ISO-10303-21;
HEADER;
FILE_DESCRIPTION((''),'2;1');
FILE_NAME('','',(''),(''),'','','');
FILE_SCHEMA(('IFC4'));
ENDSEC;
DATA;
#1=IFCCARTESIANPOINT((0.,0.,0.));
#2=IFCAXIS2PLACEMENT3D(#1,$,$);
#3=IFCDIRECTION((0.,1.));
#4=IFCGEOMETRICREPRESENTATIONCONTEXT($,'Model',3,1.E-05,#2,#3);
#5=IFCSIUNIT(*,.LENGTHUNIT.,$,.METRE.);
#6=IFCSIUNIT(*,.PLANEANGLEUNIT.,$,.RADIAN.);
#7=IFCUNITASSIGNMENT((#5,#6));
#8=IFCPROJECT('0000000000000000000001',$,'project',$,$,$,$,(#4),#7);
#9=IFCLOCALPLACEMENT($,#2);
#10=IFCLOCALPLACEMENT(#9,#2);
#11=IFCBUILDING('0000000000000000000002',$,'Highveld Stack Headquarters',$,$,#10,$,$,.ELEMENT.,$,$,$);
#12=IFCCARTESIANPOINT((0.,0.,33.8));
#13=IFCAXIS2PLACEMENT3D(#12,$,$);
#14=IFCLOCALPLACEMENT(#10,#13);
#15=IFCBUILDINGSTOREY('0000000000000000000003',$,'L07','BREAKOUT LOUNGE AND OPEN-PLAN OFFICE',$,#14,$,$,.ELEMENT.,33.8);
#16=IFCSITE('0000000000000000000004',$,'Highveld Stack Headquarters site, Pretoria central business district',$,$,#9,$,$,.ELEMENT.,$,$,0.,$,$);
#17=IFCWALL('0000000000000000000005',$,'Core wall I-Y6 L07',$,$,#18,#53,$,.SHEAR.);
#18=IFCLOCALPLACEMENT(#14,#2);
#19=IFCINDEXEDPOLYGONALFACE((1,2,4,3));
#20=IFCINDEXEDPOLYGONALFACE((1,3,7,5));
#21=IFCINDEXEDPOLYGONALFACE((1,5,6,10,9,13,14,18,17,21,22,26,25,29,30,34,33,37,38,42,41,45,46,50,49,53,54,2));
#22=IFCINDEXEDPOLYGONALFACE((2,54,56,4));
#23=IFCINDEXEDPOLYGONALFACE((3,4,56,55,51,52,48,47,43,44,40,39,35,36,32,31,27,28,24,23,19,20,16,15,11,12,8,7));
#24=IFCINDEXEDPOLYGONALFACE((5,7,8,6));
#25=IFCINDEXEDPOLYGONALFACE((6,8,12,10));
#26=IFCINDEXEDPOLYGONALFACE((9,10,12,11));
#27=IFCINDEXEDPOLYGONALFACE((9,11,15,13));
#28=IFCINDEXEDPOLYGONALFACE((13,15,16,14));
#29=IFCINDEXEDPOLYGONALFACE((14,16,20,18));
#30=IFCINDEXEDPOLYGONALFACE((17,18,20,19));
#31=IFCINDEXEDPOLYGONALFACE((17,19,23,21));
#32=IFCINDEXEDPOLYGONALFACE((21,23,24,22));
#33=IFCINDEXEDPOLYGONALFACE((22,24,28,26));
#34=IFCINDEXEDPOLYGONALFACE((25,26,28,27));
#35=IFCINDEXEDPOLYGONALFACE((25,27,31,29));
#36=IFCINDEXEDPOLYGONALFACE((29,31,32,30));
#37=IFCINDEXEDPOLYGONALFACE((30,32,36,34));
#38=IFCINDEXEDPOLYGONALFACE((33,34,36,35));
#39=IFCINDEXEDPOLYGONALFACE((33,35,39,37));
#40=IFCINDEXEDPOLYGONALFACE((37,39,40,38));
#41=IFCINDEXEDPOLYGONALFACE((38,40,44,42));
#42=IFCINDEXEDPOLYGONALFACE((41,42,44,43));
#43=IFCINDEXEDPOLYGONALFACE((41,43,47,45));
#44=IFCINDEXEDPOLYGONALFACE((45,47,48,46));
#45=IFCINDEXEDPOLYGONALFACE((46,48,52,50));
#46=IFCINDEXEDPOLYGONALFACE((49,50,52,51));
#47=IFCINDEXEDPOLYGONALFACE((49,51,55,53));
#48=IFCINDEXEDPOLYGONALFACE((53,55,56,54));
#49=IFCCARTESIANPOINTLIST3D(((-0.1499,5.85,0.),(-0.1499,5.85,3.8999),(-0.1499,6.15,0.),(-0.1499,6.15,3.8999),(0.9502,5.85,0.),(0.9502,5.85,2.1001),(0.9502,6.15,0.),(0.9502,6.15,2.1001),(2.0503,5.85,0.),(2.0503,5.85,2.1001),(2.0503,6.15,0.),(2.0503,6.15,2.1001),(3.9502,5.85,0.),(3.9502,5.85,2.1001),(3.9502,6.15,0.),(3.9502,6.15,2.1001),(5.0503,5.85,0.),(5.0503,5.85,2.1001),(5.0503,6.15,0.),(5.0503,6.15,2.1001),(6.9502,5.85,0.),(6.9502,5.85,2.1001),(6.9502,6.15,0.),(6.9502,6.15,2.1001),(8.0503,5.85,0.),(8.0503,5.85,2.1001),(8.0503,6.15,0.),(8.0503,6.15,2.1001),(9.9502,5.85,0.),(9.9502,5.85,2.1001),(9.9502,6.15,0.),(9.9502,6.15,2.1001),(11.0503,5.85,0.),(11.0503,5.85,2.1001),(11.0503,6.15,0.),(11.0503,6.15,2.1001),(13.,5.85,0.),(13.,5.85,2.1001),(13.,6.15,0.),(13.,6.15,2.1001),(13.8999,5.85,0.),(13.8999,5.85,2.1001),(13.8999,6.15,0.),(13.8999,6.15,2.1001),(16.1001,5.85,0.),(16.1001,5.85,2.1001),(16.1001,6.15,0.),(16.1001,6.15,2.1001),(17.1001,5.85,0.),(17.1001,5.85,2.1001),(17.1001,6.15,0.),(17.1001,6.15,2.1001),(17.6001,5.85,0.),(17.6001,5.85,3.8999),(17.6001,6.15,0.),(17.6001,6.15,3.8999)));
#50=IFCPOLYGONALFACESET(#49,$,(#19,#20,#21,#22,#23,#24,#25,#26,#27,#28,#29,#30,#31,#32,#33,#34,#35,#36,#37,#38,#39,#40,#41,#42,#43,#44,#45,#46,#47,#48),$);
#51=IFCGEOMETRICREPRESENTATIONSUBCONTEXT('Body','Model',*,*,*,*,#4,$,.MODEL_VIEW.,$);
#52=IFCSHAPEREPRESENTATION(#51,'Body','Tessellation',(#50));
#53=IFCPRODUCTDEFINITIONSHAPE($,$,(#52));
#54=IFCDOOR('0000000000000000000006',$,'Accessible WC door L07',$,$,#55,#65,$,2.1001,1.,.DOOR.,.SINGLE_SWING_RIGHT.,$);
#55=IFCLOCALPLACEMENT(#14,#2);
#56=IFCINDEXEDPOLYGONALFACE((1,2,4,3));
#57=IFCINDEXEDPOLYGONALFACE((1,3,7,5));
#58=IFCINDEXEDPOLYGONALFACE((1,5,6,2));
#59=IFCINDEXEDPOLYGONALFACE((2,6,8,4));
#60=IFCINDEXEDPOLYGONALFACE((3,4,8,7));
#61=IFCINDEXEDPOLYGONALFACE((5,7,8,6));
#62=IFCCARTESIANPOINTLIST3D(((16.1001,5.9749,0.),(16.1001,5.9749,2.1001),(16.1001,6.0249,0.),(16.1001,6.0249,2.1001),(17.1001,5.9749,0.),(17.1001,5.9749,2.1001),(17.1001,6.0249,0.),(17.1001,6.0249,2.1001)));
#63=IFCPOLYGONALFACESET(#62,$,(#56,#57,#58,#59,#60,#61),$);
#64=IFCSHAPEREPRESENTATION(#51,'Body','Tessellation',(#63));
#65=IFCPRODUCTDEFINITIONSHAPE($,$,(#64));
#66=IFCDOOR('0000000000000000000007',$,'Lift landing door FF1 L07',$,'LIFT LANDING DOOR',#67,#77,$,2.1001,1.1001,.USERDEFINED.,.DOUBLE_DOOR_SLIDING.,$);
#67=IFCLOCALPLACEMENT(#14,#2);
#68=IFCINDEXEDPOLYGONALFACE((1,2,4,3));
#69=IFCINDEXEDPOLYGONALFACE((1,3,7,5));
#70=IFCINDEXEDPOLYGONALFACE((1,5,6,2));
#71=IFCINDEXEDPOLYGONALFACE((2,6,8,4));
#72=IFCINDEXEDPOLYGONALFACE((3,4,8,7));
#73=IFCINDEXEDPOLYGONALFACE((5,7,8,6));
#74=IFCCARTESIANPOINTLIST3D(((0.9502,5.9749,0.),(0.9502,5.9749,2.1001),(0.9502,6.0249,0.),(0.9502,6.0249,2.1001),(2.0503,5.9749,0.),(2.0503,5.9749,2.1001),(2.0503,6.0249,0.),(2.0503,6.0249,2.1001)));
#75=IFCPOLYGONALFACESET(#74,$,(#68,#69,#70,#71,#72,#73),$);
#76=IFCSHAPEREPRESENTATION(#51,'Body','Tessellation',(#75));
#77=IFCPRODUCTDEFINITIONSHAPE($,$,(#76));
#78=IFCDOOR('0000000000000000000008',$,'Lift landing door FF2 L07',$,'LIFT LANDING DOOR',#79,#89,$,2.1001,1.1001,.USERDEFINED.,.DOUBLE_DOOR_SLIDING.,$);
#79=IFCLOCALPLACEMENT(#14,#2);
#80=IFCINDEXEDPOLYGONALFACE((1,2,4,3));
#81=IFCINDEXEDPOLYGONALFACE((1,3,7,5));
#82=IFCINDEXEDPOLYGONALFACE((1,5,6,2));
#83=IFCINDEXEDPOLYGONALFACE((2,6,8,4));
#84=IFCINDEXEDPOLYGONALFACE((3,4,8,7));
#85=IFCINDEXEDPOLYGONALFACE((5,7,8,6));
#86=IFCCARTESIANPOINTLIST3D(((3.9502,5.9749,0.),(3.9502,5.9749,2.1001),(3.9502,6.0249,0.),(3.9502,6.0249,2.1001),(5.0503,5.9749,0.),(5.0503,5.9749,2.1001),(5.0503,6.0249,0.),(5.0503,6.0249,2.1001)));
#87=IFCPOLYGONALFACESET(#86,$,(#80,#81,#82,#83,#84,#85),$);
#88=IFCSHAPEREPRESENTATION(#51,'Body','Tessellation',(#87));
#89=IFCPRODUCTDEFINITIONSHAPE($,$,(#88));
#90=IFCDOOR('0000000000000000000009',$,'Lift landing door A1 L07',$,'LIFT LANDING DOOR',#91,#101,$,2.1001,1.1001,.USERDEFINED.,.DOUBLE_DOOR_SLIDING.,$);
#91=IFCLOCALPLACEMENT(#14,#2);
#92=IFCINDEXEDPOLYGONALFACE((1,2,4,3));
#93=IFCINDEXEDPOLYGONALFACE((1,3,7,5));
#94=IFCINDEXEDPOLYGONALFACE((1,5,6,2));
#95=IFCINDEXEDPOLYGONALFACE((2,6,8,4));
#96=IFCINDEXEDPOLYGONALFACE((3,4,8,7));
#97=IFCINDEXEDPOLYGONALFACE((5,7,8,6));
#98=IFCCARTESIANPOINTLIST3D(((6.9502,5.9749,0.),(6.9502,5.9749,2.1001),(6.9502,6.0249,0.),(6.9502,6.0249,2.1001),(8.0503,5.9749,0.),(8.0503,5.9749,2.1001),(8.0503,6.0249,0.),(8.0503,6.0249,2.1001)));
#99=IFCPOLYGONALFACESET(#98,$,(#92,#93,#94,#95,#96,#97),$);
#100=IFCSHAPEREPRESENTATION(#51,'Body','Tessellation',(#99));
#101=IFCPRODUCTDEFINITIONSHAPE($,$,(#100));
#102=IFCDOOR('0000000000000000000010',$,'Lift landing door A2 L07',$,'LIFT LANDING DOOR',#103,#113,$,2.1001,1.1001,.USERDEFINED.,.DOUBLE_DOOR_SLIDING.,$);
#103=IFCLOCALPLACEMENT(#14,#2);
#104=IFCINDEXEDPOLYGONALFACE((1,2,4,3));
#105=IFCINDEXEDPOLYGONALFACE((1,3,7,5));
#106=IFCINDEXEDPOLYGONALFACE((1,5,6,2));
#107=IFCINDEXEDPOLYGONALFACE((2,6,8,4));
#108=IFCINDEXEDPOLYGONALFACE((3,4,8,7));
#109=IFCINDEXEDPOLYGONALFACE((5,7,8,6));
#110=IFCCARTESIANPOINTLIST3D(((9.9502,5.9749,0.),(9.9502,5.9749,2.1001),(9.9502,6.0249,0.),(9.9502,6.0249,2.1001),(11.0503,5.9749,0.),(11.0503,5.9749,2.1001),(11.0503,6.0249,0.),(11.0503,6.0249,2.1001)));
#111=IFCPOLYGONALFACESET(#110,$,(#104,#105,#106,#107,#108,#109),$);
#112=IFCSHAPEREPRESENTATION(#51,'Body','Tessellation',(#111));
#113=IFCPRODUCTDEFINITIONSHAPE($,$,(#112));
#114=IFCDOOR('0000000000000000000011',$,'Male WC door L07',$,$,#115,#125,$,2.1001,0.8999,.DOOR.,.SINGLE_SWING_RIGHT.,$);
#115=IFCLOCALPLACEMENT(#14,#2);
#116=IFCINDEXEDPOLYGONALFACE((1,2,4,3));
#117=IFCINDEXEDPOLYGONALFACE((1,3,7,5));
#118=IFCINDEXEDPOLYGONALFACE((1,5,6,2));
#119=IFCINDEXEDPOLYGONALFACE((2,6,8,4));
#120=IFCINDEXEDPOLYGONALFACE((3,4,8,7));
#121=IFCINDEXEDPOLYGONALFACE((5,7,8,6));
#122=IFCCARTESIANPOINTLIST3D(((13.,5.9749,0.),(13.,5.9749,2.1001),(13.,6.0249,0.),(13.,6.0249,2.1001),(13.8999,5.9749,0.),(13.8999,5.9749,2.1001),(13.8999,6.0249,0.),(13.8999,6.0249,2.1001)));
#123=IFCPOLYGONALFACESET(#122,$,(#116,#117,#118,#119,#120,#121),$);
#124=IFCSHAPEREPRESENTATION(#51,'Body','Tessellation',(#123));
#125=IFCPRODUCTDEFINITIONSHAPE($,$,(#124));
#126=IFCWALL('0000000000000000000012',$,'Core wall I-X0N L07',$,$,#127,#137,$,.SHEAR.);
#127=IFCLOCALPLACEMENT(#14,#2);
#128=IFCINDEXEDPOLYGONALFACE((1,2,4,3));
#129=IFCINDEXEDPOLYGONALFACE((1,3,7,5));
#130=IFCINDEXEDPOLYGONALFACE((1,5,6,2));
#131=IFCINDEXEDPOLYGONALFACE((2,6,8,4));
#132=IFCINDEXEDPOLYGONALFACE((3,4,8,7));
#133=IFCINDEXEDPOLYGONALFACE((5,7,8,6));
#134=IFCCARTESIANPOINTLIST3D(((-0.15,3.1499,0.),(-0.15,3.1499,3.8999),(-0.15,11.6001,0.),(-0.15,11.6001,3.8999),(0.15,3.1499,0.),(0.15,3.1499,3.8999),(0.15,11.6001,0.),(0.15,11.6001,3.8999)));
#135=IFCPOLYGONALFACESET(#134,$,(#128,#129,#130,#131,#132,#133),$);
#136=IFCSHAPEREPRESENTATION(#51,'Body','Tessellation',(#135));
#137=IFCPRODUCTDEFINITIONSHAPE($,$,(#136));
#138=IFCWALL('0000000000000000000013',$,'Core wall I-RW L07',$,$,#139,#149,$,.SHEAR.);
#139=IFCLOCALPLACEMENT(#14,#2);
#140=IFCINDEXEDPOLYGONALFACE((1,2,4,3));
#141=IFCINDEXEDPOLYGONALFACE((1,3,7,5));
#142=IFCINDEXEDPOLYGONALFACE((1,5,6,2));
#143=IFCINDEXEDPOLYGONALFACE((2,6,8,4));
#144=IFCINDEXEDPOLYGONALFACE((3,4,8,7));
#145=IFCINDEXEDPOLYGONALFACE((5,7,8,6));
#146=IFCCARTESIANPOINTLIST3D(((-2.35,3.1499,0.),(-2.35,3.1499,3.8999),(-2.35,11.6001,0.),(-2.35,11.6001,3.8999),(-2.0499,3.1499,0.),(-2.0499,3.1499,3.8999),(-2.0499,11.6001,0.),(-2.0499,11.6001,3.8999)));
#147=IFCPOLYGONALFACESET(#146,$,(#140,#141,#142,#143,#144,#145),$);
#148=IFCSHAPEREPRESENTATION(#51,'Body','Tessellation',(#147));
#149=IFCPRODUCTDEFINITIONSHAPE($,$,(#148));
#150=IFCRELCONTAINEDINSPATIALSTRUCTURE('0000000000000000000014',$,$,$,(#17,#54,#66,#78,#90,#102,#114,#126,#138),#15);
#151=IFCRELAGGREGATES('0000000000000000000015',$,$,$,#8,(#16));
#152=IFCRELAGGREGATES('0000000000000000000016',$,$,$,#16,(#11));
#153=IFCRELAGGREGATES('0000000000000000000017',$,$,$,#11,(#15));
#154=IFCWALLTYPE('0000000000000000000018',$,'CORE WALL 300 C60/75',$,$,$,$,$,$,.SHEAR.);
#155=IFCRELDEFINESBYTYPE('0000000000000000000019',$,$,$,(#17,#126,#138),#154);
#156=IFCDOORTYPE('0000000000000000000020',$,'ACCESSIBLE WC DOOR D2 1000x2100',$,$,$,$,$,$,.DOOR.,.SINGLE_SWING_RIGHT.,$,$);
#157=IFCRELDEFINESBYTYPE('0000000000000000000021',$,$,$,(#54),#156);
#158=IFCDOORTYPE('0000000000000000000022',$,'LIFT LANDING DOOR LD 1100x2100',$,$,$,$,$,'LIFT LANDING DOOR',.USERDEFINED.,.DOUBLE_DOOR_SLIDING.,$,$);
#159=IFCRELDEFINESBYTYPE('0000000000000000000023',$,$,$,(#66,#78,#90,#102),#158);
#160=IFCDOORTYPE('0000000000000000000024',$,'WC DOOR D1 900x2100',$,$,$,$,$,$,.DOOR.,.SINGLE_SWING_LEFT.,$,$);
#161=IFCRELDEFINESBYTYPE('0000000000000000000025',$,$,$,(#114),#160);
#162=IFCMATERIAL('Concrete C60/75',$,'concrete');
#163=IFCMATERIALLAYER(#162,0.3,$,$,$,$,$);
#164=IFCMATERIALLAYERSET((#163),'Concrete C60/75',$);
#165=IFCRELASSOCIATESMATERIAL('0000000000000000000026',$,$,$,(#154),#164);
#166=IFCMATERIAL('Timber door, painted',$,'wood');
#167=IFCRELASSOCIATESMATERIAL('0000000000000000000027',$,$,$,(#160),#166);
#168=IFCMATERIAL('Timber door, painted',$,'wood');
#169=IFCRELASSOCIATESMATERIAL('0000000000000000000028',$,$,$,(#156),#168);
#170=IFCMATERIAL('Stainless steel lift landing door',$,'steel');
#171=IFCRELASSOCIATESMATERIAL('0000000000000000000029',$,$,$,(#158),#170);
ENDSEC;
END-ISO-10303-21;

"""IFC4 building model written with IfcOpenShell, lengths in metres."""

from ifc_helpers import new_model, si_unit, direction, frame, frame_2d, origin, place, context, subcontext, project, spatial, rectangle, extrude, material, layer, layer_set, type_object, element, fill, save


model = new_model("IFC4")

# Units and contexts
model_context = context("Model", 3, precision=1e-05, world=origin(), true_north=direction((0.0, 1.0)))
body_context = subcontext(model_context, "Body", "Model", "MODEL_VIEW")
ifc_project = project(units=[si_unit("LENGTHUNIT", "METRE"), si_unit("PLANEANGLEUNIT", "RADIAN")], contexts=[model_context])

# Site, building, storey
site_placement = place(None, origin())
site = spatial("IfcSite", under=ifc_project, at=site_placement, Name="Highveld Stack Headquarters site, Pretoria central business district", CompositionType="ELEMENT", RefElevation=0.0)
building_placement = place(site_placement, origin())
building = spatial("IfcBuilding", under=site, at=building_placement, Name="Highveld Stack Headquarters", CompositionType="ELEMENT")
storey_placement = place(building_placement, frame((0.0, 0.0, 33.8)))
storey = spatial("IfcBuildingStorey", under=building, at=storey_placement, Name="L07", Description="BREAKOUT LOUNGE AND OPEN-PLAN OFFICE", CompositionType="ELEMENT", Elevation=33.8)

# Shared definitions
ifc_material_1 = material(Name="Concrete C60/75", Category="concrete")
ifc_layer_1 = layer(ifc_material_1, 0.3)
ifc_layer_set_1 = layer_set([ifc_layer_1], Name="Concrete C60/75")
wall_type = type_object("IfcWallType", Name="CORE WALL 300 C60/75", PredefinedType="SHEAR", material=ifc_layer_set_1)
ifc_material_2 = material(Name="Timber door, painted", Category="wood")
door_type_1 = type_object("IfcDoorType", Name="WC DOOR D1 900x2100", OperationType="SINGLE_SWING_LEFT", PredefinedType="DOOR", material=ifc_material_2)

# Wall, openings, doors
wall_1_placement = place(storey_placement, frame((-0.1499, 6.0, 0.0), z_axis=(0.0, 0.0, 1.0), x_axis=(1.0, 0.0, 0.0)))
wall_1 = element("IfcWall", 1, at=wall_1_placement, inside=storey, type_object=wall_type, Name="Core wall I-Y6 L07", PredefinedType="SHEAR", context=body_context, shape_type="SweptSolid", body=[
    extrude(rectangle(XDim=17.75, YDim=0.3, at=frame_2d((8.875, 0.0))), origin(), (0.0, 0.0, 1.0), 3.8999),
])
opening_1_placement = place(wall_1_placement, frame((13.1499, 0.0, 0.0)))
opening_1 = element("IfcOpeningElement", 2, at=opening_1_placement, cuts=wall_1, PredefinedType="OPENING", context=body_context, shape_type="SweptSolid", body=[
    extrude(rectangle(XDim=0.8999, YDim=2.1001, at=frame_2d((0.45, 1.05))), frame((0.0, 0.1599, 0.0), z_axis=(0.0, -1.0, 0.0), x_axis=(1.0, 0.0, 0.0)), (0.0, 0.0, 1.0), 0.3201),
])
opening_2_placement = place(wall_1_placement, frame((16.25, 0.0, 0.0)))
opening_2 = element("IfcOpeningElement", 3, at=opening_2_placement, cuts=wall_1, PredefinedType="OPENING", context=body_context, shape_type="SweptSolid", body=[
    extrude(rectangle(XDim=1.0, YDim=2.1001, at=frame_2d((0.5, 1.05))), frame((0.0, 0.1599, 0.0), z_axis=(0.0, -1.0, 0.0), x_axis=(1.0, 0.0, 0.0)), (0.0, 0.0, 1.0), 0.3201),
])
opening_3_placement = place(wall_1_placement, frame((1.1001, 0.0, 0.0)))
opening_3 = element("IfcOpeningElement", 4, at=opening_3_placement, cuts=wall_1, PredefinedType="OPENING", context=body_context, shape_type="SweptSolid", body=[
    extrude(rectangle(XDim=1.1001, YDim=2.1001, at=frame_2d((0.55, 1.05))), frame((0.0, 0.1599, 0.0), z_axis=(0.0, -1.0, 0.0), x_axis=(1.0, 0.0, 0.0)), (0.0, 0.0, 1.0), 0.3201),
])
opening_4_placement = place(wall_1_placement, frame((4.1001, 0.0, 0.0)))
opening_4 = element("IfcOpeningElement", 5, at=opening_4_placement, cuts=wall_1, PredefinedType="OPENING", context=body_context, shape_type="SweptSolid", body=[
    extrude(rectangle(XDim=1.1001, YDim=2.1001, at=frame_2d((0.55, 1.05))), frame((0.0, 0.1599, 0.0), z_axis=(0.0, -1.0, 0.0), x_axis=(1.0, 0.0, 0.0)), (0.0, 0.0, 1.0), 0.3201),
])
opening_5_placement = place(wall_1_placement, frame((7.1001, 0.0, 0.0)))
opening_5 = element("IfcOpeningElement", 6, at=opening_5_placement, cuts=wall_1, PredefinedType="OPENING", context=body_context, shape_type="SweptSolid", body=[
    extrude(rectangle(XDim=1.1001, YDim=2.1001, at=frame_2d((0.55, 1.05))), frame((0.0, 0.1599, 0.0), z_axis=(0.0, -1.0, 0.0), x_axis=(1.0, 0.0, 0.0)), (0.0, 0.0, 1.0), 0.3201),
])
opening_6_placement = place(wall_1_placement, frame((10.1001, 0.0, 0.0)))
opening_6 = element("IfcOpeningElement", 7, at=opening_6_placement, cuts=wall_1, PredefinedType="OPENING", context=body_context, shape_type="SweptSolid", body=[
    extrude(rectangle(XDim=1.1001, YDim=2.1001, at=frame_2d((0.55, 1.05))), frame((0.0, 0.1599, 0.0), z_axis=(0.0, -1.0, 0.0), x_axis=(1.0, 0.0, 0.0)), (0.0, 0.0, 1.0), 0.3201),
])
ifc_material_3 = material(Name="Timber door, painted", Category="wood")
door_type_2 = type_object("IfcDoorType", Name="ACCESSIBLE WC DOOR D2 1000x2100", OperationType="SINGLE_SWING_RIGHT", PredefinedType="DOOR", material=ifc_material_3)
door_1_placement = place(opening_2_placement, origin())
door_1 = element("IfcDoor", 8, at=door_1_placement, inside=storey, type_object=door_type_2, Name="Accessible WC door L07", OperationType="SINGLE_SWING_RIGHT", OverallHeight=2.1001, OverallWidth=1.0, PredefinedType="DOOR", context=body_context, shape_type="SweptSolid", body=[
    extrude(rectangle(XDim=1.0, YDim=2.1001, at=frame_2d((0.5, 1.05))), frame((0.0, 0.0249, 0.0), z_axis=(0.0, -1.0, 0.0), x_axis=(1.0, 0.0, 0.0)), (0.0, 0.0, 1.0), 0.05),
])
fill(opening_2, door_1)
ifc_material_4 = material(Name="Stainless steel lift landing door", Category="steel")
door_type_3 = type_object("IfcDoorType", Name="LIFT LANDING DOOR LD 1100x2100", ElementType="LIFT LANDING DOOR", OperationType="DOUBLE_DOOR_SLIDING", PredefinedType="USERDEFINED", material=ifc_material_4)
door_2_placement = place(opening_3_placement, origin())
door_2 = element("IfcDoor", 9, at=door_2_placement, inside=storey, type_object=door_type_3, Name="Lift landing door FF1 L07", ObjectType="LIFT LANDING DOOR", OperationType="DOUBLE_DOOR_SLIDING", OverallHeight=2.1001, OverallWidth=1.1001, PredefinedType="USERDEFINED", context=body_context, shape_type="SweptSolid", body=[
    extrude(rectangle(XDim=1.1001, YDim=2.1001, at=frame_2d((0.55, 1.05))), frame((0.0, 0.0249, 0.0), z_axis=(0.0, -1.0, 0.0), x_axis=(1.0, 0.0, 0.0)), (0.0, 0.0, 1.0), 0.05),
])
fill(opening_3, door_2)
door_3_placement = place(opening_4_placement, origin())
door_3 = element("IfcDoor", 10, at=door_3_placement, inside=storey, type_object=door_type_3, Name="Lift landing door FF2 L07", ObjectType="LIFT LANDING DOOR", OperationType="DOUBLE_DOOR_SLIDING", OverallHeight=2.1001, OverallWidth=1.1001, PredefinedType="USERDEFINED", context=body_context, shape_type="SweptSolid", body=[
    extrude(rectangle(XDim=1.1001, YDim=2.1001, at=frame_2d((0.55, 1.05))), frame((0.0, 0.0249, 0.0), z_axis=(0.0, -1.0, 0.0), x_axis=(1.0, 0.0, 0.0)), (0.0, 0.0, 1.0), 0.05),
])
fill(opening_4, door_3)
door_4_placement = place(opening_5_placement, origin())
door_4 = element("IfcDoor", 11, at=door_4_placement, inside=storey, type_object=door_type_3, Name="Lift landing door A1 L07", ObjectType="LIFT LANDING DOOR", OperationType="DOUBLE_DOOR_SLIDING", OverallHeight=2.1001, OverallWidth=1.1001, PredefinedType="USERDEFINED", context=body_context, shape_type="SweptSolid", body=[
    extrude(rectangle(XDim=1.1001, YDim=2.1001, at=frame_2d((0.55, 1.05))), frame((0.0, 0.0249, 0.0), z_axis=(0.0, -1.0, 0.0), x_axis=(1.0, 0.0, 0.0)), (0.0, 0.0, 1.0), 0.05),
])
fill(opening_5, door_4)
door_5_placement = place(opening_6_placement, origin())
door_5 = element("IfcDoor", 12, at=door_5_placement, inside=storey, type_object=door_type_3, Name="Lift landing door A2 L07", ObjectType="LIFT LANDING DOOR", OperationType="DOUBLE_DOOR_SLIDING", OverallHeight=2.1001, OverallWidth=1.1001, PredefinedType="USERDEFINED", context=body_context, shape_type="SweptSolid", body=[
    extrude(rectangle(XDim=1.1001, YDim=2.1001, at=frame_2d((0.55, 1.05))), frame((0.0, 0.0249, 0.0), z_axis=(0.0, -1.0, 0.0), x_axis=(1.0, 0.0, 0.0)), (0.0, 0.0, 1.0), 0.05),
])
fill(opening_6, door_5)
door_6_placement = place(opening_1_placement, origin())
door_6 = element("IfcDoor", 13, at=door_6_placement, inside=storey, type_object=door_type_1, Name="Male WC door L07", OperationType="SINGLE_SWING_RIGHT", OverallHeight=2.1001, OverallWidth=0.8999, PredefinedType="DOOR", context=body_context, shape_type="SweptSolid", body=[
    extrude(rectangle(XDim=0.8999, YDim=2.1001, at=frame_2d((0.45, 1.05))), frame((0.0, 0.0249, 0.0), z_axis=(0.0, -1.0, 0.0), x_axis=(1.0, 0.0, 0.0)), (0.0, 0.0, 1.0), 0.05),
])
fill(opening_1, door_6)

# Walls
for number, where, z_axis, x_axis, name in (
    (14, (0.0, 3.1499, 0.0), (0.0, 0.0, 1.0), (0.0, 1.0, 0.0), "Core wall I-X0N L07"),
    (15, (-2.2, 3.1499, 0.0), (0.0, 0.0, 1.0), (0.0, 1.0, 0.0), "Core wall I-RW L07"),
):
    element("IfcWall", number, at=place(storey_placement, frame(where, z_axis=z_axis, x_axis=x_axis)), inside=storey, type_object=wall_type, Name=name, PredefinedType="SHEAR", context=body_context, shape_type="SweptSolid", body=[
        extrude(rectangle(XDim=8.4502, YDim=0.3, at=frame_2d((4.2251, 0.0))), origin(), (0.0, 0.0, 1.0), 3.8999),
    ])

save(model, "model.ifc")
